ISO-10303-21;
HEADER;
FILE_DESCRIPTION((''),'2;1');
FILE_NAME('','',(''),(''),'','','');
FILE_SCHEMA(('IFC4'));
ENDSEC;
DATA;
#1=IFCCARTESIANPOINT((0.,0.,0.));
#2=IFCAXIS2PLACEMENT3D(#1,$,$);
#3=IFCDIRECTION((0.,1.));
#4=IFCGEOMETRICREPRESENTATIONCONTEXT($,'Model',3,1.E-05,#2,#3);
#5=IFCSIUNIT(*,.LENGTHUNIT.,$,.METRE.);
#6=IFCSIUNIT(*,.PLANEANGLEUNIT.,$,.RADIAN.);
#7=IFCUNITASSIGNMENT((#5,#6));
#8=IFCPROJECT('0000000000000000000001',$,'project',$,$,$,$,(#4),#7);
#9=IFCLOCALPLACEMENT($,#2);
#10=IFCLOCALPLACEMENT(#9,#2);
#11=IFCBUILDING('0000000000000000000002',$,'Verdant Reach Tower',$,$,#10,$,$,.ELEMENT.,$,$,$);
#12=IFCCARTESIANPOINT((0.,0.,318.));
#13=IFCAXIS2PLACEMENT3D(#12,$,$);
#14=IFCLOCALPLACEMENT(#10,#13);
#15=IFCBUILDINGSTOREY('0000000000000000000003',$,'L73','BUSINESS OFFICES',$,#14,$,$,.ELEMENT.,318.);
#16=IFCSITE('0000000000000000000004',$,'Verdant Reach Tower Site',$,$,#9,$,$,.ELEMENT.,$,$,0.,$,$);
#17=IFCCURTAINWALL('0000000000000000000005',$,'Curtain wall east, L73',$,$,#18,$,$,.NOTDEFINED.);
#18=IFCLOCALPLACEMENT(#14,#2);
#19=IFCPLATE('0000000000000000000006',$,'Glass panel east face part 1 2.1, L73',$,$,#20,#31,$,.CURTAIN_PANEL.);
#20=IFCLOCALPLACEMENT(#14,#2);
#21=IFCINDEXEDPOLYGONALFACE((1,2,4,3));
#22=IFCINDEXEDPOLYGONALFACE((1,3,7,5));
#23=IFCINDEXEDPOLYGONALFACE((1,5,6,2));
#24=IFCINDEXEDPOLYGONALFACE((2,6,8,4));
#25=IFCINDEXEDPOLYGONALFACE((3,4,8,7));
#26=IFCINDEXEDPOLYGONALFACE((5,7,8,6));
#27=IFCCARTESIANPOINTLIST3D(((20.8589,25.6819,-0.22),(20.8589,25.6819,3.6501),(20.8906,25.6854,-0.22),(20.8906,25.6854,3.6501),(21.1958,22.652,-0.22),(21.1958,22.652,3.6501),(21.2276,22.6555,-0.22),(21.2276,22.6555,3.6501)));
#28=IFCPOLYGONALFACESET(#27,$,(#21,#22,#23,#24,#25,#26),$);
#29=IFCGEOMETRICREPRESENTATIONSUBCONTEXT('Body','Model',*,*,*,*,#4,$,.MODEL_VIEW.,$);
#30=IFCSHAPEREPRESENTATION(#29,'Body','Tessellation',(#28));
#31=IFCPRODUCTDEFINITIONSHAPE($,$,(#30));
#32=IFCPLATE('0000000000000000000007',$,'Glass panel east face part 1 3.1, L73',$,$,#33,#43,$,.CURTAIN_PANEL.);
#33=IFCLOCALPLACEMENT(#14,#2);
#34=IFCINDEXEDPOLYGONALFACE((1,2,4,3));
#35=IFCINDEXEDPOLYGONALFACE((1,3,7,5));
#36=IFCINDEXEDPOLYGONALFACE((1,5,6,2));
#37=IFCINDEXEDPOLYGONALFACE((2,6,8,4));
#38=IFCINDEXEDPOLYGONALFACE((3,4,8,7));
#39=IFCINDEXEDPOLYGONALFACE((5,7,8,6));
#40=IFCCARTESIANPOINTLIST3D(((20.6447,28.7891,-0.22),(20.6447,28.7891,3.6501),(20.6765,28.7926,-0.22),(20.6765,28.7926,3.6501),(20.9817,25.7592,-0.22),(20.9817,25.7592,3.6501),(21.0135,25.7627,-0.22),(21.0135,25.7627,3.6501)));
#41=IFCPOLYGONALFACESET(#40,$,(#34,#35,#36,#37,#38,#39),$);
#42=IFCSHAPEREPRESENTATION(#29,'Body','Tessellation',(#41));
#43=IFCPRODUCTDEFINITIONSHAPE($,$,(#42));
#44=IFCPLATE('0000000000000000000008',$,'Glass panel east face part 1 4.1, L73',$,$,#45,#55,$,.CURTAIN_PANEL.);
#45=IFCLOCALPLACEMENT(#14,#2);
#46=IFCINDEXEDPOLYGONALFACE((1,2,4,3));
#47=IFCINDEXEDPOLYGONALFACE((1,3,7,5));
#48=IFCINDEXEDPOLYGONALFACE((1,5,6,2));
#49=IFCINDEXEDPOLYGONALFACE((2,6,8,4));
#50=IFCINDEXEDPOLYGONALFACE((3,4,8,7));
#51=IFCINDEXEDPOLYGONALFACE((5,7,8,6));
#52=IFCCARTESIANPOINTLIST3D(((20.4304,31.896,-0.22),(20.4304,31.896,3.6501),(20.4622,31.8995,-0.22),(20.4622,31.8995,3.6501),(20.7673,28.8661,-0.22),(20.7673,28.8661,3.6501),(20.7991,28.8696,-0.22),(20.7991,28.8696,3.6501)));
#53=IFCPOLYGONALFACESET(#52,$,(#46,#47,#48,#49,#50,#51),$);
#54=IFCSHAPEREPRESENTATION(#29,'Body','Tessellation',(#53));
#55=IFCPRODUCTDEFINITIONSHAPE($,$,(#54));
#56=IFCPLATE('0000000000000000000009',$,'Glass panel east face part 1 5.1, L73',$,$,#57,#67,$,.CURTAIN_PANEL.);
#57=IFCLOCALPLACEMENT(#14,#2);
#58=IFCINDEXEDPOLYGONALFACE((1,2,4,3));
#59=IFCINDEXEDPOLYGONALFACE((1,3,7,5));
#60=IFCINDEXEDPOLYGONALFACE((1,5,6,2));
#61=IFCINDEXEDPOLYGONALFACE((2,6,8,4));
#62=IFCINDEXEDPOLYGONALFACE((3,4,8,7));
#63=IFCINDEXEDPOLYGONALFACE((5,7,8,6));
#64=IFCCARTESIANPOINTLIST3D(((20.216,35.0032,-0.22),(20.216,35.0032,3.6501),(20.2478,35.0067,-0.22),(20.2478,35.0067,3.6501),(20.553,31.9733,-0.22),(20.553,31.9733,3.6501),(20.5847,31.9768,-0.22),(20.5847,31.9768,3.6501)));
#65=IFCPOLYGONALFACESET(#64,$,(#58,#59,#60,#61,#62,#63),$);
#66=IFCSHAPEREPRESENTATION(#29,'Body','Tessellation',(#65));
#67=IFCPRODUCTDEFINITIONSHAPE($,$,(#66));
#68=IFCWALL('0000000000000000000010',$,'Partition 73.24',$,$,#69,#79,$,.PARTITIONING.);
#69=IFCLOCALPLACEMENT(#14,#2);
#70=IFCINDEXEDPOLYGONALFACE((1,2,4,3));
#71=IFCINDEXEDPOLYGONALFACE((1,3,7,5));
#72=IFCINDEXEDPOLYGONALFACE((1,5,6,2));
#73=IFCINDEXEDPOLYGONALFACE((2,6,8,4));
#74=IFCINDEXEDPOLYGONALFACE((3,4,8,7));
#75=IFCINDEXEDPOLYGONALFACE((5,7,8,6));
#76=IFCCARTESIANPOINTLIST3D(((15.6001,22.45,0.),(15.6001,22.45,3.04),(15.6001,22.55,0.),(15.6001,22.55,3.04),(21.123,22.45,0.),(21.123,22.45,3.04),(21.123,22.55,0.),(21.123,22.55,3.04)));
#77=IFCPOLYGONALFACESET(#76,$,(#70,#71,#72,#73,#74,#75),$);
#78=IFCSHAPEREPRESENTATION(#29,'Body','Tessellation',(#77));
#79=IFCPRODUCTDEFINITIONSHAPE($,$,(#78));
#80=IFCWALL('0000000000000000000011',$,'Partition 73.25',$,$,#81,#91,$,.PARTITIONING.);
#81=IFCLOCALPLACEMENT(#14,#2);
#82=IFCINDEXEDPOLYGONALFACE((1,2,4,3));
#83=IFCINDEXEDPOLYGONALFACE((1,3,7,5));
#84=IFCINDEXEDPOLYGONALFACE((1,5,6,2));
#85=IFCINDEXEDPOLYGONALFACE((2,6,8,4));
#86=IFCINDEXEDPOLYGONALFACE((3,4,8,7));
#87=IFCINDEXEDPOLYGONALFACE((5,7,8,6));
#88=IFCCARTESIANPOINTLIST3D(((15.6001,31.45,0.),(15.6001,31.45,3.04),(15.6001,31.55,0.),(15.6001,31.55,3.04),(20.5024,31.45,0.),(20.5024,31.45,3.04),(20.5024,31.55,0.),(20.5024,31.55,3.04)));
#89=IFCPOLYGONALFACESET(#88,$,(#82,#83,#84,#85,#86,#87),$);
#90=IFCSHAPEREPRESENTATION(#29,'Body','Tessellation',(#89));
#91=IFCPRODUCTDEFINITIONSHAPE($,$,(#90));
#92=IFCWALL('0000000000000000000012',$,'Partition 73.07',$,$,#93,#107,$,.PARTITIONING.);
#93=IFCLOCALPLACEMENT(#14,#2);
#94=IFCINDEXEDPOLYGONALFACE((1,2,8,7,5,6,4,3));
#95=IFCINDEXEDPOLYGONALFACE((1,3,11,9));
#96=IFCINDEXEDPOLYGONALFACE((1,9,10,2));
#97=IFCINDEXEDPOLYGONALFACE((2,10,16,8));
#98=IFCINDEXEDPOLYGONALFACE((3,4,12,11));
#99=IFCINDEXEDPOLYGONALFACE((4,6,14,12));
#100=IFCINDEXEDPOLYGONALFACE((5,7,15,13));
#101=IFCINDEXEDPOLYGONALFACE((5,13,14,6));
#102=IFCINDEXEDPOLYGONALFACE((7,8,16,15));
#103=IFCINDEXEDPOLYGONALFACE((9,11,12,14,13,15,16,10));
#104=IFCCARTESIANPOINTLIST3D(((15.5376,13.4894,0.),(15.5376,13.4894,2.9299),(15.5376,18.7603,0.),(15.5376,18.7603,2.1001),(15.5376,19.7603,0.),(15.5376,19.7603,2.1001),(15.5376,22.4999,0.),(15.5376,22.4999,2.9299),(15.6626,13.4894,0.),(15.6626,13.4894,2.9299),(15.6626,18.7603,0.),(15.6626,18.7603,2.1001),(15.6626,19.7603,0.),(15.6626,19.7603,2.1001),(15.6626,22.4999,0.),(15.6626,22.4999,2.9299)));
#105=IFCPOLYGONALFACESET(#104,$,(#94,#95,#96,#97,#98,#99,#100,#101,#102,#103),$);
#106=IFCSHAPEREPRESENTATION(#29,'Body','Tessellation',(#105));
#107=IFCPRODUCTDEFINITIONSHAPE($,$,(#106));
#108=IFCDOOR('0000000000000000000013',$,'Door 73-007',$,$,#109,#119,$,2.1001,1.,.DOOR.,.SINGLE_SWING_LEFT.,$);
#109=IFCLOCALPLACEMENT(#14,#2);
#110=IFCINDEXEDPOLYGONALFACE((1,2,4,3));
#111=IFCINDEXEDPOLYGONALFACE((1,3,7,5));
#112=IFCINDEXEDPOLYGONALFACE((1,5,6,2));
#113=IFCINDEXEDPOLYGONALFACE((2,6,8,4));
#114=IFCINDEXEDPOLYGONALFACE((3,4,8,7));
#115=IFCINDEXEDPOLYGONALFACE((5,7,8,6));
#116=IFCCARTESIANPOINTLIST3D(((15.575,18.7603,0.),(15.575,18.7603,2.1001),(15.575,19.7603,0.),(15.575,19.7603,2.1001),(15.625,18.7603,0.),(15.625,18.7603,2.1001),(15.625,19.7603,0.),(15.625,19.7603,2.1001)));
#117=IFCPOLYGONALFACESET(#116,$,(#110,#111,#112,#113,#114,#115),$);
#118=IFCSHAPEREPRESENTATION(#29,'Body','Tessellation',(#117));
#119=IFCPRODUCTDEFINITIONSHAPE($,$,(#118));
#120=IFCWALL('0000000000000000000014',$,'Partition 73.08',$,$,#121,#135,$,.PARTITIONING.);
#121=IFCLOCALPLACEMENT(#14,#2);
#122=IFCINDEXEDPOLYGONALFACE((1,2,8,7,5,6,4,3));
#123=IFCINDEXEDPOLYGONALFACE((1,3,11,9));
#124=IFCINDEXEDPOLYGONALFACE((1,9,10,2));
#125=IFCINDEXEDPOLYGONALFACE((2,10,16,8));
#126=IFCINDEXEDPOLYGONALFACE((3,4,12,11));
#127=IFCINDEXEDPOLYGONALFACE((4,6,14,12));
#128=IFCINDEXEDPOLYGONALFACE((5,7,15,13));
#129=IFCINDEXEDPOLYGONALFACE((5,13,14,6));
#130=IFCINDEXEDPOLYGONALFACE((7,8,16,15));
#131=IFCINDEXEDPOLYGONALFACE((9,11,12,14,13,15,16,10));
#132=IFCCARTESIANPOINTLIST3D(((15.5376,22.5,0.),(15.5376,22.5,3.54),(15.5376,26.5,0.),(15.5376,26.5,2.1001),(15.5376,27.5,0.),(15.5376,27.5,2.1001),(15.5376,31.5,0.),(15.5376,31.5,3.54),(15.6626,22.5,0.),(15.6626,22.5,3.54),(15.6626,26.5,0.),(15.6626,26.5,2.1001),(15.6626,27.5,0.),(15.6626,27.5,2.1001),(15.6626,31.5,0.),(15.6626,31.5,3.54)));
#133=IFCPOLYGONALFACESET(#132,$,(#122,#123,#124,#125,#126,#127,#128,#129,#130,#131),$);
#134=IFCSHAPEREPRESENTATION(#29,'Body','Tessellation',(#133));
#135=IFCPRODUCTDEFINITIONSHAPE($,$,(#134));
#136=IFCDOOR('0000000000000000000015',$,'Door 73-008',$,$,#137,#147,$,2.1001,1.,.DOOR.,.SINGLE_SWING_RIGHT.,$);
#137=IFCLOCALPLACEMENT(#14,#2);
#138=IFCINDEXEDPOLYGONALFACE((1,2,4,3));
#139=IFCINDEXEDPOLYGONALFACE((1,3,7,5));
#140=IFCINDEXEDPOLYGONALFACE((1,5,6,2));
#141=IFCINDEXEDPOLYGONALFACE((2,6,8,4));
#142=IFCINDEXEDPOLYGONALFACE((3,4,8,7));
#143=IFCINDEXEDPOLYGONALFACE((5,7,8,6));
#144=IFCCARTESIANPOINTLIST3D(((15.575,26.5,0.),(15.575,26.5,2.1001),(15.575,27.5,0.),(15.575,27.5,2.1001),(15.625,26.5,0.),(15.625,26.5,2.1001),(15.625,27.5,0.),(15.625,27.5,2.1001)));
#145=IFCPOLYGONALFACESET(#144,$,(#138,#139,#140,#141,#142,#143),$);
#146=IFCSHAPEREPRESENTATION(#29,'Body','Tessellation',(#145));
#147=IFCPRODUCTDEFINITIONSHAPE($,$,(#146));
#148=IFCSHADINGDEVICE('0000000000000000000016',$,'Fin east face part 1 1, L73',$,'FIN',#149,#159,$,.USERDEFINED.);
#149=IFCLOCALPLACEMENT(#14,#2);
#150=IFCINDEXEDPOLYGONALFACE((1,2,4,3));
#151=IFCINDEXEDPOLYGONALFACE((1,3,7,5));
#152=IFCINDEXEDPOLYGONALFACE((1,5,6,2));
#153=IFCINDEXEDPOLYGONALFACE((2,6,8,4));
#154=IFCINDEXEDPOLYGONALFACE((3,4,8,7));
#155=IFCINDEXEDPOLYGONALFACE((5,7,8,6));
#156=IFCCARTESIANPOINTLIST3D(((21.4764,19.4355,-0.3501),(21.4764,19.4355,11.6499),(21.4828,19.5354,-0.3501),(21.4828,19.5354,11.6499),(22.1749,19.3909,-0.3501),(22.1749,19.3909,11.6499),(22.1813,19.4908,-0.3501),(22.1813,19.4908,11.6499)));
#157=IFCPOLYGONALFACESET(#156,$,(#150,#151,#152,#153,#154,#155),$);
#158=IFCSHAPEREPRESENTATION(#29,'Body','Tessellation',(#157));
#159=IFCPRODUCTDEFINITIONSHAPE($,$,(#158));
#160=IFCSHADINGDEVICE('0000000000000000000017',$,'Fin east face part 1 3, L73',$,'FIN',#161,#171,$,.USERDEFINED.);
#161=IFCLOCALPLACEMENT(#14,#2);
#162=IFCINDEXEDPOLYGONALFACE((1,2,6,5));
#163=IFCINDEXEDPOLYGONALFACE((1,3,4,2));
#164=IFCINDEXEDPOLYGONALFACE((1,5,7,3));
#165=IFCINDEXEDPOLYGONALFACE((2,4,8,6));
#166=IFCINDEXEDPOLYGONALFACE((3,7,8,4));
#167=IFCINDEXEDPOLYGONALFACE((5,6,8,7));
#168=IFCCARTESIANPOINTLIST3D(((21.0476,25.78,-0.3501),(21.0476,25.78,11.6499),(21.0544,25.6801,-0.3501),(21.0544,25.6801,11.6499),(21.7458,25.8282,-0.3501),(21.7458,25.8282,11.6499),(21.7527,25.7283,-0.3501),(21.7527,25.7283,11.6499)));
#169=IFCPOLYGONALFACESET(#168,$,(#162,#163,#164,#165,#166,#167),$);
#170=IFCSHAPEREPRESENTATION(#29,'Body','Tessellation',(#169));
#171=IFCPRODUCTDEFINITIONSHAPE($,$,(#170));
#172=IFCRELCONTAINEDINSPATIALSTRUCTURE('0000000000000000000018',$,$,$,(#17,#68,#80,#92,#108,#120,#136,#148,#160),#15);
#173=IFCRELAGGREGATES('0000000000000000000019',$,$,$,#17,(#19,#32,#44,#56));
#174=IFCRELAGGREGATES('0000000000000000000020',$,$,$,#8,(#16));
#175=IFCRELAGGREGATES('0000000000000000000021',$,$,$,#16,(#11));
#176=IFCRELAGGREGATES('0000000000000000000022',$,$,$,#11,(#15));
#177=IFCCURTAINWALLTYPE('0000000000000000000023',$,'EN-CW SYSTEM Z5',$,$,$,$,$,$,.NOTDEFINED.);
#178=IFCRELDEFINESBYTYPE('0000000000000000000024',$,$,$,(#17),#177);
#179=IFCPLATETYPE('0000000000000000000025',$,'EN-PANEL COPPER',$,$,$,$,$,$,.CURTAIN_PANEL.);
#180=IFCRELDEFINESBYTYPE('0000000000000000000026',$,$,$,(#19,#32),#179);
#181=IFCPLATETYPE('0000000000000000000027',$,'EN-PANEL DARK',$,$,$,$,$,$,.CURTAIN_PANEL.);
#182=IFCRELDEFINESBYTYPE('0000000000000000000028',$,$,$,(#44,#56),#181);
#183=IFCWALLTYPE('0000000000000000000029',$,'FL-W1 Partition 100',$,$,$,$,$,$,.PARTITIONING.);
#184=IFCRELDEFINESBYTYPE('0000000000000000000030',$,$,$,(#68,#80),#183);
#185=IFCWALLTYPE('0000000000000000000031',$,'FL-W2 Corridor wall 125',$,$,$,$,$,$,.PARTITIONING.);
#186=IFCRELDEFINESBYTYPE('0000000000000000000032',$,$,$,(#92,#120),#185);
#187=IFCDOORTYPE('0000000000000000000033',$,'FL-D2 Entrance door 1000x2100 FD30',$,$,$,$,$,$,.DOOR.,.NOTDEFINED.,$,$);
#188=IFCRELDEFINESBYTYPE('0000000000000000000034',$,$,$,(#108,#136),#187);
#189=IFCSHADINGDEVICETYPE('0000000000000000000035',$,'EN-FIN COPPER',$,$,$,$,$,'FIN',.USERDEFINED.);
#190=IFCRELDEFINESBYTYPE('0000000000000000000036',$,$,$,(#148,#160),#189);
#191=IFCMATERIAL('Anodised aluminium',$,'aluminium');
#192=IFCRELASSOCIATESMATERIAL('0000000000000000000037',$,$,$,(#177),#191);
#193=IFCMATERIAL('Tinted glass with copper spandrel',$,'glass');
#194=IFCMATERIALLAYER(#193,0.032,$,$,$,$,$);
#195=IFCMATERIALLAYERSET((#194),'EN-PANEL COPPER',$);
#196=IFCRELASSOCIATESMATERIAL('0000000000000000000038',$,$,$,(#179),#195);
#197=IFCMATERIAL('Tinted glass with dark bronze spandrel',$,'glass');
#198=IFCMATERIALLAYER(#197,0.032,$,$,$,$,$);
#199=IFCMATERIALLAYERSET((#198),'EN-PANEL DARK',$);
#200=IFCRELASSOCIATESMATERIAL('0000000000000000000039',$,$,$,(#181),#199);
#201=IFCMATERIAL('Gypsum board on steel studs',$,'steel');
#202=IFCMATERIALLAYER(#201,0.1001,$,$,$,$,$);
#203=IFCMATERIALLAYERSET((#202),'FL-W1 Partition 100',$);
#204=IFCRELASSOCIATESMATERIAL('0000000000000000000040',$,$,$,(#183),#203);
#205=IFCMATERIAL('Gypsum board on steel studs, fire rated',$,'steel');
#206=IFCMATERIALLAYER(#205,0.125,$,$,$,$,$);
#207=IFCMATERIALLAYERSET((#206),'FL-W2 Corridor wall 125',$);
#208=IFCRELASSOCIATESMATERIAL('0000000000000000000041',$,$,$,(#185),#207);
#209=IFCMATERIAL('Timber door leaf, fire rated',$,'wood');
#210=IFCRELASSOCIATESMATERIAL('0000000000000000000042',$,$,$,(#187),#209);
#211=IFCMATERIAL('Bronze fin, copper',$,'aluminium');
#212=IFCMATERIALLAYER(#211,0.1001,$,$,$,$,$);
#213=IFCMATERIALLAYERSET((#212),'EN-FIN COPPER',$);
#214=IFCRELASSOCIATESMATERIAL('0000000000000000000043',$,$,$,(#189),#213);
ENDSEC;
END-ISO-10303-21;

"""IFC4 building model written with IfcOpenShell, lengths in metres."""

from ifc_helpers import new_model, si_unit, direction, frame, frame_2d, origin, origin_2d, place, context, subcontext, project, spatial, rectangle, extrude, material, layer, layer_set, type_object, element, fill, aggregate, save


model = new_model("IFC4")

# Units and contexts
model_context = context("Model", 3, precision=1e-05, world=origin(), true_north=direction((0.0, 1.0)))
body_context = subcontext(model_context, "Body", "Model", "MODEL_VIEW")
ifc_project = project(units=[si_unit("LENGTHUNIT", "METRE"), si_unit("PLANEANGLEUNIT", "RADIAN")], contexts=[model_context])

# Site, building, storey
site_placement = place(None, origin())
site = spatial("IfcSite", under=ifc_project, at=site_placement, Name="Verdant Reach Tower Site", CompositionType="ELEMENT", RefElevation=0.0)
building_placement = place(site_placement, origin())
building = spatial("IfcBuilding", under=site, at=building_placement, Name="Verdant Reach Tower", CompositionType="ELEMENT")
storey_placement = place(building_placement, frame((0.0, 0.0, 318.0)))
storey = spatial("IfcBuildingStorey", under=building, at=storey_placement, Name="L73", Description="BUSINESS OFFICES", CompositionType="ELEMENT", Elevation=318.0)

# Curtain wall
ifc_material_1 = material(Name="Anodised aluminium", Category="aluminium")
curtain_wall_type = type_object("IfcCurtainWallType", Name="EN-CW SYSTEM Z5", PredefinedType="NOTDEFINED", material=ifc_material_1)
curtain_wall_1_placement = place(storey_placement, origin())
curtain_wall_1 = element("IfcCurtainWall", 1, at=curtain_wall_1_placement, inside=storey, type_object=curtain_wall_type, Name="Curtain wall east, L73", PredefinedType="NOTDEFINED")

# Shared definitions
ifc_material_2 = material(Name="Tinted glass with copper spandrel", Category="glass")
ifc_layer_1 = layer(ifc_material_2, 0.032)
ifc_layer_set_1 = layer_set([ifc_layer_1], Name="EN-PANEL COPPER")
plate_type_1 = type_object("IfcPlateType", Name="EN-PANEL COPPER", PredefinedType="CURTAIN_PANEL", material=ifc_layer_set_1)

# Plates
plate_1_placement = place(storey_placement, frame((21.0432, 24.1687, -0.22), z_axis=(0.0, 0.0, 1.0), x_axis=(-0.110518, 0.993874, 0.0)))
plate_1 = element("IfcPlate", 2, at=plate_1_placement, type_object=plate_type_1, Name="Glass panel east face part 1 2.1, L73", PredefinedType="CURTAIN_PANEL", context=body_context, shape_type="SweptSolid", body=[
    extrude(rectangle(XDim=3.0486, YDim=0.032, at=origin_2d()), origin(), (0.0, 0.0, 1.0), 3.8701),
])
plate_2_placement = place(storey_placement, frame((20.8291, 27.2759, -0.22), z_axis=(0.0, 0.0, 1.0), x_axis=(-0.110518, 0.993874, 0.0)))
plate_2 = element("IfcPlate", 3, at=plate_2_placement, type_object=plate_type_1, Name="Glass panel east face part 1 3.1, L73", PredefinedType="CURTAIN_PANEL", context=body_context, shape_type="SweptSolid", body=[
    extrude(rectangle(XDim=3.0486, YDim=0.032, at=origin_2d()), origin(), (0.0, 0.0, 1.0), 3.8701),
])
ifc_material_3 = material(Name="Tinted glass with dark bronze spandrel", Category="glass")
ifc_layer_2 = layer(ifc_material_3, 0.032)
ifc_layer_set_2 = layer_set([ifc_layer_2], Name="EN-PANEL DARK")
plate_type_2 = type_object("IfcPlateType", Name="EN-PANEL DARK", PredefinedType="CURTAIN_PANEL", material=ifc_layer_set_2)
plate_3_placement = place(storey_placement, frame((20.6147, 30.3828, -0.22), z_axis=(0.0, 0.0, 1.0), x_axis=(-0.110518, 0.993874, 0.0)))
plate_3 = element("IfcPlate", 4, at=plate_3_placement, type_object=plate_type_2, Name="Glass panel east face part 1 4.1, L73", PredefinedType="CURTAIN_PANEL", context=body_context, shape_type="SweptSolid", body=[
    extrude(rectangle(XDim=3.0486, YDim=0.032, at=origin_2d()), origin(), (0.0, 0.0, 1.0), 3.8701),
])
plate_4_placement = place(storey_placement, frame((20.4004, 33.49, -0.22), z_axis=(0.0, 0.0, 1.0), x_axis=(-0.110518, 0.993874, 0.0)))
plate_4 = element("IfcPlate", 5, at=plate_4_placement, type_object=plate_type_2, Name="Glass panel east face part 1 5.1, L73", PredefinedType="CURTAIN_PANEL", context=body_context, shape_type="SweptSolid", body=[
    extrude(rectangle(XDim=3.0486, YDim=0.032, at=origin_2d()), origin(), (0.0, 0.0, 1.0), 3.8701),
])
aggregate(curtain_wall_1, [plate_1, plate_2, plate_3, plate_4])

# Walls
ifc_material_4 = material(Name="Gypsum board on steel studs", Category="steel")
ifc_layer_3 = layer(ifc_material_4, 0.1001)
ifc_layer_set_3 = layer_set([ifc_layer_3], Name="FL-W1 Partition 100")
wall_type_1 = type_object("IfcWallType", Name="FL-W1 Partition 100", PredefinedType="PARTITIONING", material=ifc_layer_set_3)
wall_1_placement = place(storey_placement, frame((21.123, 22.5, 0.0), z_axis=(0.0, 0.0, 1.0), x_axis=(-1.0, 0.0, 0.0)))
element("IfcWall", 6, at=wall_1_placement, inside=storey, type_object=wall_type_1, Name="Partition 73.24", PredefinedType="PARTITIONING", context=body_context, shape_type="SweptSolid", body=[
    extrude(rectangle(XDim=5.5229, YDim=0.1001, at=frame_2d((2.7615, 0.0))), origin(), (0.0, 0.0, 1.0), 3.04),
])
wall_2_placement = place(storey_placement, frame((20.5024, 31.5, 0.0), z_axis=(0.0, 0.0, 1.0), x_axis=(-1.0, 0.0, 0.0)))
element("IfcWall", 7, at=wall_2_placement, inside=storey, type_object=wall_type_1, Name="Partition 73.25", PredefinedType="PARTITIONING", context=body_context, shape_type="SweptSolid", body=[
    extrude(rectangle(XDim=4.9023, YDim=0.1001, at=frame_2d((2.4512, 0.0))), origin(), (0.0, 0.0, 1.0), 3.04),
])

# Walls, openings, doors
ifc_material_5 = material(Name="Gypsum board on steel studs, fire rated", Category="steel")
ifc_layer_4 = layer(ifc_material_5, 0.125)
ifc_layer_set_4 = layer_set([ifc_layer_4], Name="FL-W2 Corridor wall 125")
wall_type_2 = type_object("IfcWallType", Name="FL-W2 Corridor wall 125", PredefinedType="PARTITIONING", material=ifc_layer_set_4)
wall_3_placement = place(storey_placement, frame((15.6001, 22.5, 0.0), z_axis=(0.0, 0.0, 1.0), x_axis=(0.0, -1.0, 0.0)))
wall_3 = element("IfcWall", 8, at=wall_3_placement, inside=storey, type_object=wall_type_2, Name="Partition 73.07", PredefinedType="PARTITIONING", context=body_context, shape_type="SweptSolid", body=[
    extrude(rectangle(XDim=9.0105, YDim=0.125, at=frame_2d((4.5054, 0.0))), origin(), (0.0, 0.0, 1.0), 2.9299),
])
opening_1_placement = place(wall_3_placement, frame((2.7397, 0.0, 0.0)))
opening_1 = element("IfcOpeningElement", 9, at=opening_1_placement, cuts=wall_3, PredefinedType="OPENING", context=body_context, shape_type="SweptSolid", body=[
    extrude(rectangle(XDim=1.0, YDim=2.1001, at=frame_2d((0.5, 1.05))), frame((0.0, 0.0725, 0.0), z_axis=(0.0, -1.0, 0.0), x_axis=(1.0, 0.0, 0.0)), (0.0, 0.0, 1.0), 0.145),
])
ifc_material_6 = material(Name="Timber door leaf, fire rated", Category="wood")
door_type = type_object("IfcDoorType", Name="FL-D2 Entrance door 1000x2100 FD30", OperationType="NOTDEFINED", PredefinedType="DOOR", material=ifc_material_6)
door_1_placement = place(opening_1_placement, origin())
door_1 = element("IfcDoor", 10, at=door_1_placement, inside=storey, type_object=door_type, Name="Door 73-007", OperationType="SINGLE_SWING_LEFT", OverallHeight=2.1001, OverallWidth=1.0, PredefinedType="DOOR", context=body_context, shape_type="SweptSolid", body=[
    extrude(rectangle(XDim=1.0, YDim=2.1001, at=frame_2d((0.5, 1.05))), frame((0.0, 0.0249, 0.0), z_axis=(0.0, -1.0, 0.0), x_axis=(1.0, 0.0, 0.0)), (0.0, 0.0, 1.0), 0.05),
])
fill(opening_1, door_1)
wall_4_placement = place(storey_placement, frame((15.6001, 31.5, 0.0), z_axis=(0.0, 0.0, 1.0), x_axis=(0.0, -1.0, 0.0)))
wall_4 = element("IfcWall", 11, at=wall_4_placement, inside=storey, type_object=wall_type_2, Name="Partition 73.08", PredefinedType="PARTITIONING", context=body_context, shape_type="SweptSolid", body=[
    extrude(rectangle(XDim=9.0, YDim=0.125, at=frame_2d((4.5, 0.0))), origin(), (0.0, 0.0, 1.0), 3.54),
])
opening_2_placement = place(wall_4_placement, frame((4.0, 0.0, 0.0)))
opening_2 = element("IfcOpeningElement", 12, at=opening_2_placement, cuts=wall_4, PredefinedType="OPENING", context=body_context, shape_type="SweptSolid", body=[
    extrude(rectangle(XDim=1.0, YDim=2.1001, at=frame_2d((0.5, 1.05))), frame((0.0, 0.0725, 0.0), z_axis=(0.0, -1.0, 0.0), x_axis=(1.0, 0.0, 0.0)), (0.0, 0.0, 1.0), 0.145),
])
door_2_placement = place(opening_2_placement, origin())
door_2 = element("IfcDoor", 13, at=door_2_placement, inside=storey, type_object=door_type, Name="Door 73-008", OperationType="SINGLE_SWING_RIGHT", OverallHeight=2.1001, OverallWidth=1.0, PredefinedType="DOOR", context=body_context, shape_type="SweptSolid", body=[
    extrude(rectangle(XDim=1.0, YDim=2.1001, at=frame_2d((0.5, 1.05))), frame((0.0, 0.0249, 0.0), z_axis=(0.0, -1.0, 0.0), x_axis=(1.0, 0.0, 0.0)), (0.0, 0.0, 1.0), 0.05),
])
fill(opening_2, door_2)

# Shading devices
ifc_material_7 = material(Name="Bronze fin, copper", Category="aluminium")
ifc_layer_5 = layer(ifc_material_7, 0.1001)
ifc_layer_set_5 = layer_set([ifc_layer_5], Name="EN-FIN COPPER")
shading_device_type_1 = type_object("IfcShadingDeviceType", Name="EN-FIN COPPER", ElementType="FIN", PredefinedType="USERDEFINED", material=ifc_layer_set_5)
for number, where, z_axis, x_axis, name in (
    (14, (21.8289, 19.4631, -0.3501), (0.0, 0.0, 1.0), (0.063699, 0.997969, 0.0), "Fin east face part 1 1, L73"),
    (15, (21.4001, 25.7542, -0.3501), (0.0, 0.0, 1.0), (-0.068802, 0.99763, 0.0), "Fin east face part 1 3, L73"),
):
    element("IfcShadingDevice", number, at=place(storey_placement, frame(where, z_axis=z_axis, x_axis=x_axis)), inside=storey, type_object=shading_device_type_1, Name=name, ObjectType="FIN", PredefinedType="USERDEFINED", context=body_context, shape_type="SweptSolid", body=[
        extrude(rectangle(XDim=0.1001, YDim=0.7, at=origin_2d()), origin(), (0.0, 0.0, 1.0), 12.0),
    ])

save(model, "model.ifc")
